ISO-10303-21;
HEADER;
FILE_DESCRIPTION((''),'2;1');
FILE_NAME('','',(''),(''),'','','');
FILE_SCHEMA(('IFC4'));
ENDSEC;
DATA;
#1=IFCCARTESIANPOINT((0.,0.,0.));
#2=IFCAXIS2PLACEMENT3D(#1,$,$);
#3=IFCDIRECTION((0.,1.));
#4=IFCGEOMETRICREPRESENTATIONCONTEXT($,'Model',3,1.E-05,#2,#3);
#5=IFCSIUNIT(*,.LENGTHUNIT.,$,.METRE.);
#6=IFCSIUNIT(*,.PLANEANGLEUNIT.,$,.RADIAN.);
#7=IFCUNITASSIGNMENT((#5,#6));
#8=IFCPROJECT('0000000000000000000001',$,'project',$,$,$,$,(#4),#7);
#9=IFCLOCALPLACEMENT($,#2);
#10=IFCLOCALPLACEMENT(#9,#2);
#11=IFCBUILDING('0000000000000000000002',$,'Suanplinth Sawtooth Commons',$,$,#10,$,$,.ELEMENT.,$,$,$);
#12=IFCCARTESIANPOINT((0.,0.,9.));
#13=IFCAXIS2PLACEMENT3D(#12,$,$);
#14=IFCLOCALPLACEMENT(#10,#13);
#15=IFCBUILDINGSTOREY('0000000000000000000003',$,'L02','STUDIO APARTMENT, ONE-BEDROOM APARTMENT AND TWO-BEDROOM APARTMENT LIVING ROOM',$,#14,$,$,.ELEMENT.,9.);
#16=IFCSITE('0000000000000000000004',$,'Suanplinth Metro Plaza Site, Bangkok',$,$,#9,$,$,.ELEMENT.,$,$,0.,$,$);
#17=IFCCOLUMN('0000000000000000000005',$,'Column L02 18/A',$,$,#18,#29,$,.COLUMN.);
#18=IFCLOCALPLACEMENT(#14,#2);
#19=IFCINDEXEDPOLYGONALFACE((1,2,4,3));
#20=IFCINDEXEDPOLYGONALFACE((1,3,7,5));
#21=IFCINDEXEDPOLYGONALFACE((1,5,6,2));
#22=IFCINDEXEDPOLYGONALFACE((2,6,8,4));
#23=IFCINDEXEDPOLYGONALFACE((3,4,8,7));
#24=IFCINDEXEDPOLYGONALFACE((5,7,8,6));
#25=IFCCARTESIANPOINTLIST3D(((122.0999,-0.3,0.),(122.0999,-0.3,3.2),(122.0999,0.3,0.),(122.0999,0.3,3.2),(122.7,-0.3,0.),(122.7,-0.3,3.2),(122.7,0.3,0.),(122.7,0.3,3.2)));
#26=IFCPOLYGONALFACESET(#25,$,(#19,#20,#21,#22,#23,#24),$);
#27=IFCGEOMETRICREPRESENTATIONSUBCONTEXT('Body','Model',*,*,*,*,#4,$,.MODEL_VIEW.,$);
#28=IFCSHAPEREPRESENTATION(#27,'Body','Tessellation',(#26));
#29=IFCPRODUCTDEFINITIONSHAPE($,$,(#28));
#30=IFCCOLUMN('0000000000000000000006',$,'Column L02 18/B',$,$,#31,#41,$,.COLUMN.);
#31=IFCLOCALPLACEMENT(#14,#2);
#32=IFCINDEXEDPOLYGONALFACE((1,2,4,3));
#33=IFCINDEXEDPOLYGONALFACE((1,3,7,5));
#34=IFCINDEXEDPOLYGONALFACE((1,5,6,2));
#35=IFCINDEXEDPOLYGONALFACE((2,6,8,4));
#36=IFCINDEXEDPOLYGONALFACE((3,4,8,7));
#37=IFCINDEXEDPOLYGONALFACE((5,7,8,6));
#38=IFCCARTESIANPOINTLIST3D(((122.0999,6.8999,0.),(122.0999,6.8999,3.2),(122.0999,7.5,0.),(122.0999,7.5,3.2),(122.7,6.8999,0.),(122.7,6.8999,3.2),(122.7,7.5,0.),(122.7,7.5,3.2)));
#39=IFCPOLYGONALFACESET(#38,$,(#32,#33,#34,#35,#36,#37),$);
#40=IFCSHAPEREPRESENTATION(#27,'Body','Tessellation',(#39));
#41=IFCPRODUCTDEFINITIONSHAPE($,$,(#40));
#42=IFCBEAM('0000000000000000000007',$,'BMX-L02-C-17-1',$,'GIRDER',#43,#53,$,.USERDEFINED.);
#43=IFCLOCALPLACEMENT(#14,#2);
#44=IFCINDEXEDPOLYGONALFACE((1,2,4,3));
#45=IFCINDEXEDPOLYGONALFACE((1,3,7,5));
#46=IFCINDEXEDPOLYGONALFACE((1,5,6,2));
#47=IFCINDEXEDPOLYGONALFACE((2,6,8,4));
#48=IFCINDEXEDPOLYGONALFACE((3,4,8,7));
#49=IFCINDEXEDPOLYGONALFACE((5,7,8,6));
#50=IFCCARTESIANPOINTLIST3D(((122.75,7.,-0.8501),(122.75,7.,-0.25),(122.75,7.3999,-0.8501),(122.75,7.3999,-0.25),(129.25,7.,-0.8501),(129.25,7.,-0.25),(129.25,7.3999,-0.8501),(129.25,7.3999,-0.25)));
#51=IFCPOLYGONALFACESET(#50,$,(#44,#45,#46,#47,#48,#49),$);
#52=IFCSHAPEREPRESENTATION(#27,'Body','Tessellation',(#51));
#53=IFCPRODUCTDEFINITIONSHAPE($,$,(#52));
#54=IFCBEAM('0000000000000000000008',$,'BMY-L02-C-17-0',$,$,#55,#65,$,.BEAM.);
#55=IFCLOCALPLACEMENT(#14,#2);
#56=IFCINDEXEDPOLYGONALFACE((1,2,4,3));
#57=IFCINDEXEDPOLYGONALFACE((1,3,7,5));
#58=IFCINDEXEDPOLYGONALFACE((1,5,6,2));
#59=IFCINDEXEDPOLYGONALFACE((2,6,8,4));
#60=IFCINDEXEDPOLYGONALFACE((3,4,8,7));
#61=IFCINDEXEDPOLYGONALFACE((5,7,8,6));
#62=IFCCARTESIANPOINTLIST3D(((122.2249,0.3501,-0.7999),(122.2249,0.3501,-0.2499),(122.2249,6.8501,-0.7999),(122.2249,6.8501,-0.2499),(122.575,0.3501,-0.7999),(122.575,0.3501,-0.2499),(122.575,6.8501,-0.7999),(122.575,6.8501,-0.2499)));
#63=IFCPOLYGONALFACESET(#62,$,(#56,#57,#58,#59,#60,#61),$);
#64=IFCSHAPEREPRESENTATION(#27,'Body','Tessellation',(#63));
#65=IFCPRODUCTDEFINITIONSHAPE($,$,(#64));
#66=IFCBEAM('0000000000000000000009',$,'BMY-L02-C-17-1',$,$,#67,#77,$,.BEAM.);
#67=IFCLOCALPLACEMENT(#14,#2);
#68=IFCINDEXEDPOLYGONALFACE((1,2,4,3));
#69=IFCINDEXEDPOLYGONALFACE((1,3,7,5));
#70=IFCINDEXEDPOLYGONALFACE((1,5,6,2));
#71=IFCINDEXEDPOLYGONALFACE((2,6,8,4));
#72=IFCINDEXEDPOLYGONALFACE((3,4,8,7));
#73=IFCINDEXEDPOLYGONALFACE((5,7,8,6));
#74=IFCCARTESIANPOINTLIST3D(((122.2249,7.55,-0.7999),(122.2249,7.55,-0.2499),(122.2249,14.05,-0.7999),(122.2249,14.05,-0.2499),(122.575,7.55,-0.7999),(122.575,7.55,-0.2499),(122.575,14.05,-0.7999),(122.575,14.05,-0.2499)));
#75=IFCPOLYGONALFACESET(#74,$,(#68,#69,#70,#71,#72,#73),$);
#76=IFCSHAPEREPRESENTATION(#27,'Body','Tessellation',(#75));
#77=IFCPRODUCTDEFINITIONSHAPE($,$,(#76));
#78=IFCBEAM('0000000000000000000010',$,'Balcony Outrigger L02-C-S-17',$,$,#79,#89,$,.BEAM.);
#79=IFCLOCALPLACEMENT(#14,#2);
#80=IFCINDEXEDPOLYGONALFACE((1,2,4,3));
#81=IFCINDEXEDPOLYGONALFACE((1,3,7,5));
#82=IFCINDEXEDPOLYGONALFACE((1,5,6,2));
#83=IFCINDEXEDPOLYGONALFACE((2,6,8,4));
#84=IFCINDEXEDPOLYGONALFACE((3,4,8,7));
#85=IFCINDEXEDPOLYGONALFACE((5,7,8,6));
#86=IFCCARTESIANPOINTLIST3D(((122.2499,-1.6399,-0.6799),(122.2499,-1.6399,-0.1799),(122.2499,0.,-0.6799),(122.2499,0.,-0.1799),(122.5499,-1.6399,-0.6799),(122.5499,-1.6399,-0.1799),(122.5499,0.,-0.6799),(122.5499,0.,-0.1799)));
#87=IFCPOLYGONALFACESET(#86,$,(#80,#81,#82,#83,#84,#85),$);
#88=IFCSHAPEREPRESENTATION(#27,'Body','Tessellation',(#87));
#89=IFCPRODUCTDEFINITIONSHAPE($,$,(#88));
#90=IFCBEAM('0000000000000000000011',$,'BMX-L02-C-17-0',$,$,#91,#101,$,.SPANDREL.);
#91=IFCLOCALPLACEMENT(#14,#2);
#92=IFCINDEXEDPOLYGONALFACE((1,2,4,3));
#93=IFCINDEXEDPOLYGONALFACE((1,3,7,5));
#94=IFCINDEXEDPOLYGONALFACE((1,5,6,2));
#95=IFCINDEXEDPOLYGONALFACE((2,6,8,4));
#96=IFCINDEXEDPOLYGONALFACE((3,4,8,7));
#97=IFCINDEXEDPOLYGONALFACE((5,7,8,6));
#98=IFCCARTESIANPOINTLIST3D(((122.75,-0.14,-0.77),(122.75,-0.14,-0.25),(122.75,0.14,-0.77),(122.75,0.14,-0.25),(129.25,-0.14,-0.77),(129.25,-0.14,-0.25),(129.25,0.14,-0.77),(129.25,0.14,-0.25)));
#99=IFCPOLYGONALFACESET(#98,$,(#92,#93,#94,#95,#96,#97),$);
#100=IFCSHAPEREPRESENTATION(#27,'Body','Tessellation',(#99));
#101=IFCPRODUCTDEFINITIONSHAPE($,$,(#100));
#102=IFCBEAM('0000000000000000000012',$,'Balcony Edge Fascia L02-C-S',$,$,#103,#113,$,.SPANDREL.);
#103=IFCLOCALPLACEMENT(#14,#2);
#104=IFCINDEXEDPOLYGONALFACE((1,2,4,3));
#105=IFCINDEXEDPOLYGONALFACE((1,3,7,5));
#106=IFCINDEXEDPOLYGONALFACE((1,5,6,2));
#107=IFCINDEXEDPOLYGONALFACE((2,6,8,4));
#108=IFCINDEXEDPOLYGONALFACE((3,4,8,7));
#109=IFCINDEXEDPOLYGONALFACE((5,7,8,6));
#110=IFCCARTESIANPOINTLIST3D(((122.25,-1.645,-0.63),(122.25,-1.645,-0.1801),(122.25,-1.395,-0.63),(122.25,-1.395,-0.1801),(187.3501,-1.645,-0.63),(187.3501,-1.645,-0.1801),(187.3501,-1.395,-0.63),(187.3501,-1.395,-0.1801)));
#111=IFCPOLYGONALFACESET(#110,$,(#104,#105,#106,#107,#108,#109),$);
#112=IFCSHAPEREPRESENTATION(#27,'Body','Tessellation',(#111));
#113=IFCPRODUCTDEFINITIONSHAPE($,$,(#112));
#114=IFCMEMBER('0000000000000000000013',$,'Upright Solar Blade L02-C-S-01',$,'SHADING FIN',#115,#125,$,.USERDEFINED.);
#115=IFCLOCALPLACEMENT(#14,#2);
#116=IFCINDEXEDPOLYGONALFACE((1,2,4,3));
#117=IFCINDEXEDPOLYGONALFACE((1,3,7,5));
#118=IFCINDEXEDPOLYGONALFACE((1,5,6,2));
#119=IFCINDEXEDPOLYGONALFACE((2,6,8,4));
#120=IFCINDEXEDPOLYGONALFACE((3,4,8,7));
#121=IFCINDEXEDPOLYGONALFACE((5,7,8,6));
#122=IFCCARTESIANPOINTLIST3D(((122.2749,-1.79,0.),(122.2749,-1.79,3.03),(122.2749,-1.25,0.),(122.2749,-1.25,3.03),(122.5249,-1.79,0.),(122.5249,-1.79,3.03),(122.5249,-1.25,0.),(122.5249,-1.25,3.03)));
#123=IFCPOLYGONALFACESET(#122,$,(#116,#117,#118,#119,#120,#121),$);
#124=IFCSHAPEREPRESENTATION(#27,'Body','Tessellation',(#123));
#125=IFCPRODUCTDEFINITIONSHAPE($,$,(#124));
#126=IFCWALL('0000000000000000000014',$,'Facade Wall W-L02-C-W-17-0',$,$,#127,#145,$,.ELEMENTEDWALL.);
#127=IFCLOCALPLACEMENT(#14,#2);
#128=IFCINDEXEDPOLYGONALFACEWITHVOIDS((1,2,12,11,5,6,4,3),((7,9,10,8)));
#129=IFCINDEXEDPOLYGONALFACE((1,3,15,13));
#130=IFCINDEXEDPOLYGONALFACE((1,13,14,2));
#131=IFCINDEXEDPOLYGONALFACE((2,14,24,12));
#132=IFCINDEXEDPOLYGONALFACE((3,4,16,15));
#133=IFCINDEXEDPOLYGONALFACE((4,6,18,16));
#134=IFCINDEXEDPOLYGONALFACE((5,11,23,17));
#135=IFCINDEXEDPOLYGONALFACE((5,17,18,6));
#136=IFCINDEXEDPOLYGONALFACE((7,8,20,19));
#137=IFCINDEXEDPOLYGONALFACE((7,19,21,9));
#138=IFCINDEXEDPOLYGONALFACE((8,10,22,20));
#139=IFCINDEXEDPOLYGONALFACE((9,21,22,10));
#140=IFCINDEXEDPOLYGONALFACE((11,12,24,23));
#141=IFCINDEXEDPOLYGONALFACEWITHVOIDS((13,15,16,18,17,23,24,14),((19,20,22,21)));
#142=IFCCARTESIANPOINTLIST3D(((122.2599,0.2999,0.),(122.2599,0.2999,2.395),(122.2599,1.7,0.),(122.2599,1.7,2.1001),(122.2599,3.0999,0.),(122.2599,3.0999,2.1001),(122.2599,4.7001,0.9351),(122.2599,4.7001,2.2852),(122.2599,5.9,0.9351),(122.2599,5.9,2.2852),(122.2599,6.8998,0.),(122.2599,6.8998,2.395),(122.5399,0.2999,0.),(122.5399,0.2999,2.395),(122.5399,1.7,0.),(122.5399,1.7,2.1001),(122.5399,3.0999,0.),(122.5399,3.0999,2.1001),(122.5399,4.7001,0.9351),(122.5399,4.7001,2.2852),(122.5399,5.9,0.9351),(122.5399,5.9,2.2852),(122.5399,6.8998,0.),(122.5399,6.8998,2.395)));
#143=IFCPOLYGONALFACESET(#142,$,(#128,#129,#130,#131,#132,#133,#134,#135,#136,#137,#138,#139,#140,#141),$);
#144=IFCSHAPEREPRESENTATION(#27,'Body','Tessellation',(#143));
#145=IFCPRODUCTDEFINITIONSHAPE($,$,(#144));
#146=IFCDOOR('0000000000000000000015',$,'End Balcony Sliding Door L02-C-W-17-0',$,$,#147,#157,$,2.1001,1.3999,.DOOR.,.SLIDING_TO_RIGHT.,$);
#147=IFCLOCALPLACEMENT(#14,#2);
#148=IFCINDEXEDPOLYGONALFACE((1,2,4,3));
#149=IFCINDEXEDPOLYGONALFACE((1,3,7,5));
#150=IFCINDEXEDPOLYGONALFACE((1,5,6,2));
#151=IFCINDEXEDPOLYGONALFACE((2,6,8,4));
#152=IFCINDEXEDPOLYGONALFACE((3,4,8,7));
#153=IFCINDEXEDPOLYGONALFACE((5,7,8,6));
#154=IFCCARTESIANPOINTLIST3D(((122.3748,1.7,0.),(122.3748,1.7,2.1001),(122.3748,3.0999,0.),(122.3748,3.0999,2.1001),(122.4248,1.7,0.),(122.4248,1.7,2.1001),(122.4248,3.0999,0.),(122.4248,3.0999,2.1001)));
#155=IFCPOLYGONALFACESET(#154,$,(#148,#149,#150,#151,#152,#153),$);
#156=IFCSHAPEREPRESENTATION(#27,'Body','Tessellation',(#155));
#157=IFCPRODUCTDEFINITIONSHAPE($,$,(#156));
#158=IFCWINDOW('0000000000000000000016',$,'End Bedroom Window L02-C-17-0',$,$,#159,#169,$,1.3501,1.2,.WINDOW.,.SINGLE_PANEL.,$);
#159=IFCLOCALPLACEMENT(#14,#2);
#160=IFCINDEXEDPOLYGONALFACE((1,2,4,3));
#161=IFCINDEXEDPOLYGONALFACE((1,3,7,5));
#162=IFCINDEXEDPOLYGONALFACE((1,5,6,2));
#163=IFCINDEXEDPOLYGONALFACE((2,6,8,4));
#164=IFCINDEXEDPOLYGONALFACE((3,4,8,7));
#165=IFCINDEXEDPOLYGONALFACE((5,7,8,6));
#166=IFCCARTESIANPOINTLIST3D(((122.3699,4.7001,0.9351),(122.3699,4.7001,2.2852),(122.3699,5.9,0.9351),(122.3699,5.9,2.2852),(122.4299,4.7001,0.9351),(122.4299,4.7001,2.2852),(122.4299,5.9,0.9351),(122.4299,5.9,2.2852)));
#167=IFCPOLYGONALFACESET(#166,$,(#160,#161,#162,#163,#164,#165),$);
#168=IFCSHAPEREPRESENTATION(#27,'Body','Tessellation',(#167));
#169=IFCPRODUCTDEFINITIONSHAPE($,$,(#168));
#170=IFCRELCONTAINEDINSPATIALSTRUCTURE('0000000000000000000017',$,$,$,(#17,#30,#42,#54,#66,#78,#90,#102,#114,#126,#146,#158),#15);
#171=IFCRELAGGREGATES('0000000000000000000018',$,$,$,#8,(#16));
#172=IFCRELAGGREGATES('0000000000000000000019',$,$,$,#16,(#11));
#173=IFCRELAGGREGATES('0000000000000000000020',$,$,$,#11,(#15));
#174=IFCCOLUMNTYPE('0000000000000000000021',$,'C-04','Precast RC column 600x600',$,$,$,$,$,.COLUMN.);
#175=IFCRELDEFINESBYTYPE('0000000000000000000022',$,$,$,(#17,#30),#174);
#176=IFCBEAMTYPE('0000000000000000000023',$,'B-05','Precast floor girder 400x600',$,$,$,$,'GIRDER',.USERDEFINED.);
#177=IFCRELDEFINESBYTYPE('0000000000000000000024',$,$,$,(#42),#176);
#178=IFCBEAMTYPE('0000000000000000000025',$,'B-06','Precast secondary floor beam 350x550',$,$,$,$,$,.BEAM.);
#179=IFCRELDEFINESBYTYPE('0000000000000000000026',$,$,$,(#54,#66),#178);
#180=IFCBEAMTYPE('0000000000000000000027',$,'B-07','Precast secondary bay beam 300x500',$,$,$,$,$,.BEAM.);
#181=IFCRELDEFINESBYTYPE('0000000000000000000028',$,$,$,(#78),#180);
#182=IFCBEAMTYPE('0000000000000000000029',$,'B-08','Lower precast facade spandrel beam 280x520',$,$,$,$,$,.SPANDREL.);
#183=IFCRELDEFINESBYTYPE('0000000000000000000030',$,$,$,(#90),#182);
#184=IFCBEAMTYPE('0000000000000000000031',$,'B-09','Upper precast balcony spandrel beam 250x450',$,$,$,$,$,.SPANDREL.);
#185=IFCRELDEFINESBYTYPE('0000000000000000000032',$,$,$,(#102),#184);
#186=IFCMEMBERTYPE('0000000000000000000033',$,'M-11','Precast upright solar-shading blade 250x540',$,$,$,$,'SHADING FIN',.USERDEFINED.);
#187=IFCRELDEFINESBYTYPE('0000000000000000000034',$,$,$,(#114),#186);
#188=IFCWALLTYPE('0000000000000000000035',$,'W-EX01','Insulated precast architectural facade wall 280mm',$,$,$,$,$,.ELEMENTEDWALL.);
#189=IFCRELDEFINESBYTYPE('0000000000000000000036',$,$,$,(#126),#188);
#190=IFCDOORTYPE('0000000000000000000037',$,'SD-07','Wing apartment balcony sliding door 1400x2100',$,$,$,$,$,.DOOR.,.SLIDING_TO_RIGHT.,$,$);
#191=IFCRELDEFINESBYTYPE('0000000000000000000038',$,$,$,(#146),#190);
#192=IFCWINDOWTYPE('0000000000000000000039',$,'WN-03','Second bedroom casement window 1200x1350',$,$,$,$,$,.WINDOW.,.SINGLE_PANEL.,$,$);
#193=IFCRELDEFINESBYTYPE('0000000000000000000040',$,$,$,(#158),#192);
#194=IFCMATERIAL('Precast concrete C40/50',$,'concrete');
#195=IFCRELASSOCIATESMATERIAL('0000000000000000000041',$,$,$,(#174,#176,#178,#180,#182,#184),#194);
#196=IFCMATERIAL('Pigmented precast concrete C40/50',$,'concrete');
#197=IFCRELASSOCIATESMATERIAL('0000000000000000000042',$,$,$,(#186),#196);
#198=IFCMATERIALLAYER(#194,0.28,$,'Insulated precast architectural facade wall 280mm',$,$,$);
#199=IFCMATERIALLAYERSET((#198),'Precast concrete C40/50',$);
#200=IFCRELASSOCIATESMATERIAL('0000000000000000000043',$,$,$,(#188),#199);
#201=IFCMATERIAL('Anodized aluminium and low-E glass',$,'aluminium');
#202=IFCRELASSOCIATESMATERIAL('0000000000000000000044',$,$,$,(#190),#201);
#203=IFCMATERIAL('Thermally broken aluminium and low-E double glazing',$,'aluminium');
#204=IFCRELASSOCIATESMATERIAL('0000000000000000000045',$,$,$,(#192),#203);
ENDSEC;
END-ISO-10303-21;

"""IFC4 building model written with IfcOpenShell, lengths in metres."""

from ifc_helpers import new_model, si_unit, direction, frame, frame_2d, origin, origin_2d, place, context, subcontext, project, spatial, rectangle, extrude, material, layer, layer_set, material_profile, profile_set, type_object, element, fill, save


model = new_model("IFC4")

# Units and contexts
model_context = context("Model", 3, precision=1e-05, world=origin(), true_north=direction((0.0, 1.0)))
body_context = subcontext(model_context, "Body", "Model", "MODEL_VIEW")
ifc_project = project(units=[si_unit("LENGTHUNIT", "METRE"), si_unit("PLANEANGLEUNIT", "RADIAN")], contexts=[model_context])

# Site, building, storey
site_placement = place(None, origin())
site = spatial("IfcSite", under=ifc_project, at=site_placement, Name="Suanplinth Metro Plaza Site, Bangkok", CompositionType="ELEMENT", RefElevation=0.0)
building_placement = place(site_placement, origin())
building = spatial("IfcBuilding", under=site, at=building_placement, Name="Suanplinth Sawtooth Commons", CompositionType="ELEMENT")
storey_placement = place(building_placement, frame((0.0, 0.0, 9.0)))
storey = spatial("IfcBuildingStorey", under=building, at=storey_placement, Name="L02", Description="STUDIO APARTMENT, ONE-BEDROOM APARTMENT AND TWO-BEDROOM APARTMENT LIVING ROOM", CompositionType="ELEMENT", Elevation=9.0)

# Columns
ifc_material_1 = material(Name="Precast concrete C40/50", Category="concrete")
ifc_material_profile_1 = material_profile(ifc_material_1, rectangle(XDim=0.6001, YDim=0.6001, at=origin_2d()), Name="PC-COL 600x600")
ifc_profile_set_1 = profile_set([ifc_material_profile_1], Name="Precast concrete C40/50")
column_type = type_object("IfcColumnType", Name="C-04", Description="Precast RC column 600x600", PredefinedType="COLUMN", material=ifc_profile_set_1)
for number, where, z_axis, x_axis, name in (
    (1, (122.3999, 0.0, 0.0), (0.0, 0.0, 1.0), (1.0, 0.0, 0.0), "Column L02 18/A"),
    (2, (122.3999, 7.2, 0.0), (0.0, 0.0, 1.0), (1.0, 0.0, 0.0), "Column L02 18/B"),
):
    element("IfcColumn", number, at=place(storey_placement, frame(where, z_axis=z_axis, x_axis=x_axis)), inside=storey, type_object=column_type, Name=name, PredefinedType="COLUMN", context=body_context, shape_type="SweptSolid", body=[
        extrude(rectangle(XDim=0.6001, YDim=0.6001, at=origin_2d()), origin(), (0.0, 0.0, 1.0), 3.2),
    ])

# Beams
ifc_material_profile_2 = material_profile(ifc_material_1, rectangle(XDim=0.3999, YDim=0.6001, at=origin_2d()), Name="PC-GDR 400x600")
ifc_profile_set_2 = profile_set([ifc_material_profile_2], Name="Precast concrete C40/50")
beam_type_1 = type_object("IfcBeamType", Name="B-05", Description="Precast floor girder 400x600", ElementType="GIRDER", PredefinedType="USERDEFINED", material=ifc_profile_set_2)
beam_1_placement = place(storey_placement, frame((122.75, 7.2, -0.55), z_axis=(1.0, 0.0, 0.0), x_axis=(0.0, 1.0, 0.0)))
element("IfcBeam", 3, at=beam_1_placement, inside=storey, type_object=beam_type_1, Name="BMX-L02-C-17-1", ObjectType="GIRDER", PredefinedType="USERDEFINED", context=body_context, shape_type="SweptSolid", body=[
    extrude(rectangle(XDim=0.3999, YDim=0.6001, at=origin_2d()), origin(), (0.0, 0.0, 1.0), 6.5),
])
ifc_material_profile_3 = material_profile(ifc_material_1, rectangle(XDim=0.3501, YDim=0.55, at=origin_2d()), Name="PC-BM 350x550")
ifc_profile_set_3 = profile_set([ifc_material_profile_3], Name="Precast concrete C40/50")
beam_type_2 = type_object("IfcBeamType", Name="B-06", Description="Precast secondary floor beam 350x550", PredefinedType="BEAM", material=ifc_profile_set_3)
for number, where, z_axis, x_axis, name in (
    (4, (122.3999, 0.3501, -0.5249), (0.0, 1.0, 0.0), (-1.0, 0.0, 0.0), "BMY-L02-C-17-0"),
    (5, (122.3999, 7.55, -0.5249), (0.0, 1.0, 0.0), (-1.0, 0.0, 0.0), "BMY-L02-C-17-1"),
):
    element("IfcBeam", number, at=place(storey_placement, frame(where, z_axis=z_axis, x_axis=x_axis)), inside=storey, type_object=beam_type_2, Name=name, PredefinedType="BEAM", context=body_context, shape_type="SweptSolid", body=[
        extrude(rectangle(XDim=0.3501, YDim=0.55, at=origin_2d()), origin(), (0.0, 0.0, 1.0), 6.5),
    ])
ifc_material_profile_4 = material_profile(ifc_material_1, rectangle(XDim=0.3, YDim=0.5, at=origin_2d()), Name="PC-BM 300x500")
ifc_profile_set_4 = profile_set([ifc_material_profile_4], Name="Precast concrete C40/50")
beam_type_3 = type_object("IfcBeamType", Name="B-07", Description="Precast secondary bay beam 300x500", PredefinedType="BEAM", material=ifc_profile_set_4)
beam_2_placement = place(storey_placement, frame((122.3999, 0.0, -0.4299), z_axis=(0.0, -1.0, 0.0), x_axis=(1.0, 0.0, 0.0)))
element("IfcBeam", 6, at=beam_2_placement, inside=storey, type_object=beam_type_3, Name="Balcony Outrigger L02-C-S-17", PredefinedType="BEAM", context=body_context, shape_type="SweptSolid", body=[
    extrude(rectangle(XDim=0.3, YDim=0.5, at=origin_2d()), origin(), (0.0, 0.0, 1.0), 1.6399),
])
ifc_material_profile_5 = material_profile(ifc_material_1, rectangle(XDim=0.28, YDim=0.52, at=origin_2d()), Name="PC-SP 280x520")
ifc_profile_set_5 = profile_set([ifc_material_profile_5], Name="Precast concrete C40/50")
beam_type_4 = type_object("IfcBeamType", Name="B-08", Description="Lower precast facade spandrel beam 280x520", PredefinedType="SPANDREL", material=ifc_profile_set_5)
beam_3_placement = place(storey_placement, frame((122.75, 0.0, -0.51), z_axis=(1.0, 0.0, 0.0), x_axis=(0.0, 1.0, 0.0)))
element("IfcBeam", 7, at=beam_3_placement, inside=storey, type_object=beam_type_4, Name="BMX-L02-C-17-0", PredefinedType="SPANDREL", context=body_context, shape_type="SweptSolid", body=[
    extrude(rectangle(XDim=0.28, YDim=0.52, at=origin_2d()), origin(), (0.0, 0.0, 1.0), 6.5),
])
ifc_material_profile_6 = material_profile(ifc_material_1, rectangle(XDim=0.25, YDim=0.45, at=origin_2d()), Name="PC-SP 250x450")
ifc_profile_set_6 = profile_set([ifc_material_profile_6], Name="Precast concrete C40/50")
beam_type_5 = type_object("IfcBeamType", Name="B-09", Description="Upper precast balcony spandrel beam 250x450", PredefinedType="SPANDREL", material=ifc_profile_set_6)
beam_4_placement = place(storey_placement, frame((122.25, -1.52, -0.405), z_axis=(1.0, 0.0, 0.0), x_axis=(0.0, 1.0, 0.0)))
element("IfcBeam", 8, at=beam_4_placement, inside=storey, type_object=beam_type_5, Name="Balcony Edge Fascia L02-C-S", PredefinedType="SPANDREL", context=body_context, shape_type="SweptSolid", body=[
    extrude(rectangle(XDim=0.25, YDim=0.45, at=origin_2d()), origin(), (0.0, 0.0, 1.0), 65.1001),
])

# Member
ifc_material_2 = material(Name="Pigmented precast concrete C40/50", Category="concrete")
ifc_material_profile_7 = material_profile(ifc_material_2, rectangle(XDim=0.25, YDim=0.54, at=origin_2d()), Name="PC-FIN 250x540")
ifc_profile_set_7 = profile_set([ifc_material_profile_7], Name="Pigmented precast concrete C40/50")
member_type = type_object("IfcMemberType", Name="M-11", Description="Precast upright solar-shading blade 250x540", ElementType="SHADING FIN", PredefinedType="USERDEFINED", material=ifc_profile_set_7)
member_placement = place(storey_placement, frame((122.3999, -1.52, 0.0), z_axis=(0.0, 0.0, 1.0), x_axis=(1.0, 0.0, 0.0)))
element("IfcMember", 9, at=member_placement, inside=storey, type_object=member_type, Name="Upright Solar Blade L02-C-S-01", ObjectType="SHADING FIN", PredefinedType="USERDEFINED", context=body_context, shape_type="SweptSolid", body=[
    extrude(rectangle(XDim=0.25, YDim=0.54, at=origin_2d()), origin(), (0.0, 0.0, 1.0), 3.03),
])

# Wall, openings, door, window
ifc_layer_1 = layer(ifc_material_1, 0.28, Name="Insulated precast architectural facade wall 280mm")
ifc_layer_set_1 = layer_set([ifc_layer_1], Name="Precast concrete C40/50")
wall_type_1 = type_object("IfcWallType", Name="W-EX01", Description="Insulated precast architectural facade wall 280mm", PredefinedType="ELEMENTEDWALL", material=ifc_layer_set_1)
ifc_material_3 = material(Name="Anodized aluminium and low-E glass", Category="aluminium")
ifc_material_4 = material(Name="Thermally broken aluminium and low-E double glazing", Category="aluminium")
wall_1_placement = place(storey_placement, frame((122.3999, 0.3, 0.0), z_axis=(0.0, 0.0, 1.0), x_axis=(0.0, 1.0, 0.0)))
wall_1 = element("IfcWall", 10, at=wall_1_placement, inside=storey, type_object=wall_type_1, Name="Facade Wall W-L02-C-W-17-0", PredefinedType="ELEMENTEDWALL", context=body_context, shape_type="SweptSolid", body=[
    extrude(rectangle(XDim=6.5999, YDim=0.28, at=frame_2d((3.2998, 0.0))), origin(), (0.0, 0.0, 1.0), 2.395),
])
opening_1_placement = place(wall_1_placement, frame((1.3999, 0.0, 0.0)))
opening_1 = element("IfcOpeningElement", 11, at=opening_1_placement, cuts=wall_1, PredefinedType="OPENING", context=body_context, shape_type="SweptSolid", body=[
    extrude(rectangle(XDim=1.3999, YDim=2.1001, at=frame_2d((0.7, 1.05))), frame((0.0, 0.1548, 0.0), z_axis=(0.0, -1.0, 0.0), x_axis=(1.0, 0.0, 0.0)), (0.0, 0.0, 1.0), 0.3098),
])
opening_2_placement = place(wall_1_placement, frame((4.3999, 0.0, 0.9351)))
opening_2 = element("IfcOpeningElement", 12, at=opening_2_placement, cuts=wall_1, PredefinedType="OPENING", context=body_context, shape_type="SweptSolid", body=[
    extrude(rectangle(XDim=1.2, YDim=1.3501, at=frame_2d((0.6001, 0.675))), frame((0.0, 0.1548, 0.0), z_axis=(0.0, -1.0, 0.0), x_axis=(1.0, 0.0, 0.0)), (0.0, 0.0, 1.0), 0.3098),
])
door_type_1 = type_object("IfcDoorType", Name="SD-07", Description="Wing apartment balcony sliding door 1400x2100", OperationType="SLIDING_TO_RIGHT", PredefinedType="DOOR", material=ifc_material_3)
door_1_placement = place(opening_1_placement, frame((1.3999, 0.0, 0.0), z_axis=(0.0, 0.0, 1.0), x_axis=(-1.0, 0.0, 0.0)))
door_1 = element("IfcDoor", 13, at=door_1_placement, inside=storey, type_object=door_type_1, Name="End Balcony Sliding Door L02-C-W-17-0", OperationType="SLIDING_TO_RIGHT", OverallHeight=2.1001, OverallWidth=1.3999, PredefinedType="DOOR", context=body_context, shape_type="SweptSolid", body=[
    extrude(rectangle(XDim=1.3999, YDim=2.1001, at=frame_2d((0.7, 1.05))), frame((0.0, 0.0249, 0.0), z_axis=(0.0, -1.0, 0.0), x_axis=(1.0, 0.0, 0.0)), (0.0, 0.0, 1.0), 0.05),
])
fill(opening_1, door_1)
window_type_1 = type_object("IfcWindowType", Name="WN-03", Description="Second bedroom casement window 1200x1350", PartitioningType="SINGLE_PANEL", PredefinedType="WINDOW", material=ifc_material_4)
window_1_placement = place(opening_2_placement, origin())
window_1 = element("IfcWindow", 14, at=window_1_placement, inside=storey, type_object=window_type_1, Name="End Bedroom Window L02-C-17-0", OverallHeight=1.3501, OverallWidth=1.2, PartitioningType="SINGLE_PANEL", PredefinedType="WINDOW", context=body_context, shape_type="SweptSolid", body=[
    extrude(rectangle(XDim=1.2, YDim=1.3501, at=frame_2d((0.6001, 0.675))), frame((0.0, 0.03, 0.0), z_axis=(0.0, -1.0, 0.0), x_axis=(1.0, 0.0, 0.0)), (0.0, 0.0, 1.0), 0.0601),
])
fill(opening_2, window_1)

save(model, "model.ifc")
